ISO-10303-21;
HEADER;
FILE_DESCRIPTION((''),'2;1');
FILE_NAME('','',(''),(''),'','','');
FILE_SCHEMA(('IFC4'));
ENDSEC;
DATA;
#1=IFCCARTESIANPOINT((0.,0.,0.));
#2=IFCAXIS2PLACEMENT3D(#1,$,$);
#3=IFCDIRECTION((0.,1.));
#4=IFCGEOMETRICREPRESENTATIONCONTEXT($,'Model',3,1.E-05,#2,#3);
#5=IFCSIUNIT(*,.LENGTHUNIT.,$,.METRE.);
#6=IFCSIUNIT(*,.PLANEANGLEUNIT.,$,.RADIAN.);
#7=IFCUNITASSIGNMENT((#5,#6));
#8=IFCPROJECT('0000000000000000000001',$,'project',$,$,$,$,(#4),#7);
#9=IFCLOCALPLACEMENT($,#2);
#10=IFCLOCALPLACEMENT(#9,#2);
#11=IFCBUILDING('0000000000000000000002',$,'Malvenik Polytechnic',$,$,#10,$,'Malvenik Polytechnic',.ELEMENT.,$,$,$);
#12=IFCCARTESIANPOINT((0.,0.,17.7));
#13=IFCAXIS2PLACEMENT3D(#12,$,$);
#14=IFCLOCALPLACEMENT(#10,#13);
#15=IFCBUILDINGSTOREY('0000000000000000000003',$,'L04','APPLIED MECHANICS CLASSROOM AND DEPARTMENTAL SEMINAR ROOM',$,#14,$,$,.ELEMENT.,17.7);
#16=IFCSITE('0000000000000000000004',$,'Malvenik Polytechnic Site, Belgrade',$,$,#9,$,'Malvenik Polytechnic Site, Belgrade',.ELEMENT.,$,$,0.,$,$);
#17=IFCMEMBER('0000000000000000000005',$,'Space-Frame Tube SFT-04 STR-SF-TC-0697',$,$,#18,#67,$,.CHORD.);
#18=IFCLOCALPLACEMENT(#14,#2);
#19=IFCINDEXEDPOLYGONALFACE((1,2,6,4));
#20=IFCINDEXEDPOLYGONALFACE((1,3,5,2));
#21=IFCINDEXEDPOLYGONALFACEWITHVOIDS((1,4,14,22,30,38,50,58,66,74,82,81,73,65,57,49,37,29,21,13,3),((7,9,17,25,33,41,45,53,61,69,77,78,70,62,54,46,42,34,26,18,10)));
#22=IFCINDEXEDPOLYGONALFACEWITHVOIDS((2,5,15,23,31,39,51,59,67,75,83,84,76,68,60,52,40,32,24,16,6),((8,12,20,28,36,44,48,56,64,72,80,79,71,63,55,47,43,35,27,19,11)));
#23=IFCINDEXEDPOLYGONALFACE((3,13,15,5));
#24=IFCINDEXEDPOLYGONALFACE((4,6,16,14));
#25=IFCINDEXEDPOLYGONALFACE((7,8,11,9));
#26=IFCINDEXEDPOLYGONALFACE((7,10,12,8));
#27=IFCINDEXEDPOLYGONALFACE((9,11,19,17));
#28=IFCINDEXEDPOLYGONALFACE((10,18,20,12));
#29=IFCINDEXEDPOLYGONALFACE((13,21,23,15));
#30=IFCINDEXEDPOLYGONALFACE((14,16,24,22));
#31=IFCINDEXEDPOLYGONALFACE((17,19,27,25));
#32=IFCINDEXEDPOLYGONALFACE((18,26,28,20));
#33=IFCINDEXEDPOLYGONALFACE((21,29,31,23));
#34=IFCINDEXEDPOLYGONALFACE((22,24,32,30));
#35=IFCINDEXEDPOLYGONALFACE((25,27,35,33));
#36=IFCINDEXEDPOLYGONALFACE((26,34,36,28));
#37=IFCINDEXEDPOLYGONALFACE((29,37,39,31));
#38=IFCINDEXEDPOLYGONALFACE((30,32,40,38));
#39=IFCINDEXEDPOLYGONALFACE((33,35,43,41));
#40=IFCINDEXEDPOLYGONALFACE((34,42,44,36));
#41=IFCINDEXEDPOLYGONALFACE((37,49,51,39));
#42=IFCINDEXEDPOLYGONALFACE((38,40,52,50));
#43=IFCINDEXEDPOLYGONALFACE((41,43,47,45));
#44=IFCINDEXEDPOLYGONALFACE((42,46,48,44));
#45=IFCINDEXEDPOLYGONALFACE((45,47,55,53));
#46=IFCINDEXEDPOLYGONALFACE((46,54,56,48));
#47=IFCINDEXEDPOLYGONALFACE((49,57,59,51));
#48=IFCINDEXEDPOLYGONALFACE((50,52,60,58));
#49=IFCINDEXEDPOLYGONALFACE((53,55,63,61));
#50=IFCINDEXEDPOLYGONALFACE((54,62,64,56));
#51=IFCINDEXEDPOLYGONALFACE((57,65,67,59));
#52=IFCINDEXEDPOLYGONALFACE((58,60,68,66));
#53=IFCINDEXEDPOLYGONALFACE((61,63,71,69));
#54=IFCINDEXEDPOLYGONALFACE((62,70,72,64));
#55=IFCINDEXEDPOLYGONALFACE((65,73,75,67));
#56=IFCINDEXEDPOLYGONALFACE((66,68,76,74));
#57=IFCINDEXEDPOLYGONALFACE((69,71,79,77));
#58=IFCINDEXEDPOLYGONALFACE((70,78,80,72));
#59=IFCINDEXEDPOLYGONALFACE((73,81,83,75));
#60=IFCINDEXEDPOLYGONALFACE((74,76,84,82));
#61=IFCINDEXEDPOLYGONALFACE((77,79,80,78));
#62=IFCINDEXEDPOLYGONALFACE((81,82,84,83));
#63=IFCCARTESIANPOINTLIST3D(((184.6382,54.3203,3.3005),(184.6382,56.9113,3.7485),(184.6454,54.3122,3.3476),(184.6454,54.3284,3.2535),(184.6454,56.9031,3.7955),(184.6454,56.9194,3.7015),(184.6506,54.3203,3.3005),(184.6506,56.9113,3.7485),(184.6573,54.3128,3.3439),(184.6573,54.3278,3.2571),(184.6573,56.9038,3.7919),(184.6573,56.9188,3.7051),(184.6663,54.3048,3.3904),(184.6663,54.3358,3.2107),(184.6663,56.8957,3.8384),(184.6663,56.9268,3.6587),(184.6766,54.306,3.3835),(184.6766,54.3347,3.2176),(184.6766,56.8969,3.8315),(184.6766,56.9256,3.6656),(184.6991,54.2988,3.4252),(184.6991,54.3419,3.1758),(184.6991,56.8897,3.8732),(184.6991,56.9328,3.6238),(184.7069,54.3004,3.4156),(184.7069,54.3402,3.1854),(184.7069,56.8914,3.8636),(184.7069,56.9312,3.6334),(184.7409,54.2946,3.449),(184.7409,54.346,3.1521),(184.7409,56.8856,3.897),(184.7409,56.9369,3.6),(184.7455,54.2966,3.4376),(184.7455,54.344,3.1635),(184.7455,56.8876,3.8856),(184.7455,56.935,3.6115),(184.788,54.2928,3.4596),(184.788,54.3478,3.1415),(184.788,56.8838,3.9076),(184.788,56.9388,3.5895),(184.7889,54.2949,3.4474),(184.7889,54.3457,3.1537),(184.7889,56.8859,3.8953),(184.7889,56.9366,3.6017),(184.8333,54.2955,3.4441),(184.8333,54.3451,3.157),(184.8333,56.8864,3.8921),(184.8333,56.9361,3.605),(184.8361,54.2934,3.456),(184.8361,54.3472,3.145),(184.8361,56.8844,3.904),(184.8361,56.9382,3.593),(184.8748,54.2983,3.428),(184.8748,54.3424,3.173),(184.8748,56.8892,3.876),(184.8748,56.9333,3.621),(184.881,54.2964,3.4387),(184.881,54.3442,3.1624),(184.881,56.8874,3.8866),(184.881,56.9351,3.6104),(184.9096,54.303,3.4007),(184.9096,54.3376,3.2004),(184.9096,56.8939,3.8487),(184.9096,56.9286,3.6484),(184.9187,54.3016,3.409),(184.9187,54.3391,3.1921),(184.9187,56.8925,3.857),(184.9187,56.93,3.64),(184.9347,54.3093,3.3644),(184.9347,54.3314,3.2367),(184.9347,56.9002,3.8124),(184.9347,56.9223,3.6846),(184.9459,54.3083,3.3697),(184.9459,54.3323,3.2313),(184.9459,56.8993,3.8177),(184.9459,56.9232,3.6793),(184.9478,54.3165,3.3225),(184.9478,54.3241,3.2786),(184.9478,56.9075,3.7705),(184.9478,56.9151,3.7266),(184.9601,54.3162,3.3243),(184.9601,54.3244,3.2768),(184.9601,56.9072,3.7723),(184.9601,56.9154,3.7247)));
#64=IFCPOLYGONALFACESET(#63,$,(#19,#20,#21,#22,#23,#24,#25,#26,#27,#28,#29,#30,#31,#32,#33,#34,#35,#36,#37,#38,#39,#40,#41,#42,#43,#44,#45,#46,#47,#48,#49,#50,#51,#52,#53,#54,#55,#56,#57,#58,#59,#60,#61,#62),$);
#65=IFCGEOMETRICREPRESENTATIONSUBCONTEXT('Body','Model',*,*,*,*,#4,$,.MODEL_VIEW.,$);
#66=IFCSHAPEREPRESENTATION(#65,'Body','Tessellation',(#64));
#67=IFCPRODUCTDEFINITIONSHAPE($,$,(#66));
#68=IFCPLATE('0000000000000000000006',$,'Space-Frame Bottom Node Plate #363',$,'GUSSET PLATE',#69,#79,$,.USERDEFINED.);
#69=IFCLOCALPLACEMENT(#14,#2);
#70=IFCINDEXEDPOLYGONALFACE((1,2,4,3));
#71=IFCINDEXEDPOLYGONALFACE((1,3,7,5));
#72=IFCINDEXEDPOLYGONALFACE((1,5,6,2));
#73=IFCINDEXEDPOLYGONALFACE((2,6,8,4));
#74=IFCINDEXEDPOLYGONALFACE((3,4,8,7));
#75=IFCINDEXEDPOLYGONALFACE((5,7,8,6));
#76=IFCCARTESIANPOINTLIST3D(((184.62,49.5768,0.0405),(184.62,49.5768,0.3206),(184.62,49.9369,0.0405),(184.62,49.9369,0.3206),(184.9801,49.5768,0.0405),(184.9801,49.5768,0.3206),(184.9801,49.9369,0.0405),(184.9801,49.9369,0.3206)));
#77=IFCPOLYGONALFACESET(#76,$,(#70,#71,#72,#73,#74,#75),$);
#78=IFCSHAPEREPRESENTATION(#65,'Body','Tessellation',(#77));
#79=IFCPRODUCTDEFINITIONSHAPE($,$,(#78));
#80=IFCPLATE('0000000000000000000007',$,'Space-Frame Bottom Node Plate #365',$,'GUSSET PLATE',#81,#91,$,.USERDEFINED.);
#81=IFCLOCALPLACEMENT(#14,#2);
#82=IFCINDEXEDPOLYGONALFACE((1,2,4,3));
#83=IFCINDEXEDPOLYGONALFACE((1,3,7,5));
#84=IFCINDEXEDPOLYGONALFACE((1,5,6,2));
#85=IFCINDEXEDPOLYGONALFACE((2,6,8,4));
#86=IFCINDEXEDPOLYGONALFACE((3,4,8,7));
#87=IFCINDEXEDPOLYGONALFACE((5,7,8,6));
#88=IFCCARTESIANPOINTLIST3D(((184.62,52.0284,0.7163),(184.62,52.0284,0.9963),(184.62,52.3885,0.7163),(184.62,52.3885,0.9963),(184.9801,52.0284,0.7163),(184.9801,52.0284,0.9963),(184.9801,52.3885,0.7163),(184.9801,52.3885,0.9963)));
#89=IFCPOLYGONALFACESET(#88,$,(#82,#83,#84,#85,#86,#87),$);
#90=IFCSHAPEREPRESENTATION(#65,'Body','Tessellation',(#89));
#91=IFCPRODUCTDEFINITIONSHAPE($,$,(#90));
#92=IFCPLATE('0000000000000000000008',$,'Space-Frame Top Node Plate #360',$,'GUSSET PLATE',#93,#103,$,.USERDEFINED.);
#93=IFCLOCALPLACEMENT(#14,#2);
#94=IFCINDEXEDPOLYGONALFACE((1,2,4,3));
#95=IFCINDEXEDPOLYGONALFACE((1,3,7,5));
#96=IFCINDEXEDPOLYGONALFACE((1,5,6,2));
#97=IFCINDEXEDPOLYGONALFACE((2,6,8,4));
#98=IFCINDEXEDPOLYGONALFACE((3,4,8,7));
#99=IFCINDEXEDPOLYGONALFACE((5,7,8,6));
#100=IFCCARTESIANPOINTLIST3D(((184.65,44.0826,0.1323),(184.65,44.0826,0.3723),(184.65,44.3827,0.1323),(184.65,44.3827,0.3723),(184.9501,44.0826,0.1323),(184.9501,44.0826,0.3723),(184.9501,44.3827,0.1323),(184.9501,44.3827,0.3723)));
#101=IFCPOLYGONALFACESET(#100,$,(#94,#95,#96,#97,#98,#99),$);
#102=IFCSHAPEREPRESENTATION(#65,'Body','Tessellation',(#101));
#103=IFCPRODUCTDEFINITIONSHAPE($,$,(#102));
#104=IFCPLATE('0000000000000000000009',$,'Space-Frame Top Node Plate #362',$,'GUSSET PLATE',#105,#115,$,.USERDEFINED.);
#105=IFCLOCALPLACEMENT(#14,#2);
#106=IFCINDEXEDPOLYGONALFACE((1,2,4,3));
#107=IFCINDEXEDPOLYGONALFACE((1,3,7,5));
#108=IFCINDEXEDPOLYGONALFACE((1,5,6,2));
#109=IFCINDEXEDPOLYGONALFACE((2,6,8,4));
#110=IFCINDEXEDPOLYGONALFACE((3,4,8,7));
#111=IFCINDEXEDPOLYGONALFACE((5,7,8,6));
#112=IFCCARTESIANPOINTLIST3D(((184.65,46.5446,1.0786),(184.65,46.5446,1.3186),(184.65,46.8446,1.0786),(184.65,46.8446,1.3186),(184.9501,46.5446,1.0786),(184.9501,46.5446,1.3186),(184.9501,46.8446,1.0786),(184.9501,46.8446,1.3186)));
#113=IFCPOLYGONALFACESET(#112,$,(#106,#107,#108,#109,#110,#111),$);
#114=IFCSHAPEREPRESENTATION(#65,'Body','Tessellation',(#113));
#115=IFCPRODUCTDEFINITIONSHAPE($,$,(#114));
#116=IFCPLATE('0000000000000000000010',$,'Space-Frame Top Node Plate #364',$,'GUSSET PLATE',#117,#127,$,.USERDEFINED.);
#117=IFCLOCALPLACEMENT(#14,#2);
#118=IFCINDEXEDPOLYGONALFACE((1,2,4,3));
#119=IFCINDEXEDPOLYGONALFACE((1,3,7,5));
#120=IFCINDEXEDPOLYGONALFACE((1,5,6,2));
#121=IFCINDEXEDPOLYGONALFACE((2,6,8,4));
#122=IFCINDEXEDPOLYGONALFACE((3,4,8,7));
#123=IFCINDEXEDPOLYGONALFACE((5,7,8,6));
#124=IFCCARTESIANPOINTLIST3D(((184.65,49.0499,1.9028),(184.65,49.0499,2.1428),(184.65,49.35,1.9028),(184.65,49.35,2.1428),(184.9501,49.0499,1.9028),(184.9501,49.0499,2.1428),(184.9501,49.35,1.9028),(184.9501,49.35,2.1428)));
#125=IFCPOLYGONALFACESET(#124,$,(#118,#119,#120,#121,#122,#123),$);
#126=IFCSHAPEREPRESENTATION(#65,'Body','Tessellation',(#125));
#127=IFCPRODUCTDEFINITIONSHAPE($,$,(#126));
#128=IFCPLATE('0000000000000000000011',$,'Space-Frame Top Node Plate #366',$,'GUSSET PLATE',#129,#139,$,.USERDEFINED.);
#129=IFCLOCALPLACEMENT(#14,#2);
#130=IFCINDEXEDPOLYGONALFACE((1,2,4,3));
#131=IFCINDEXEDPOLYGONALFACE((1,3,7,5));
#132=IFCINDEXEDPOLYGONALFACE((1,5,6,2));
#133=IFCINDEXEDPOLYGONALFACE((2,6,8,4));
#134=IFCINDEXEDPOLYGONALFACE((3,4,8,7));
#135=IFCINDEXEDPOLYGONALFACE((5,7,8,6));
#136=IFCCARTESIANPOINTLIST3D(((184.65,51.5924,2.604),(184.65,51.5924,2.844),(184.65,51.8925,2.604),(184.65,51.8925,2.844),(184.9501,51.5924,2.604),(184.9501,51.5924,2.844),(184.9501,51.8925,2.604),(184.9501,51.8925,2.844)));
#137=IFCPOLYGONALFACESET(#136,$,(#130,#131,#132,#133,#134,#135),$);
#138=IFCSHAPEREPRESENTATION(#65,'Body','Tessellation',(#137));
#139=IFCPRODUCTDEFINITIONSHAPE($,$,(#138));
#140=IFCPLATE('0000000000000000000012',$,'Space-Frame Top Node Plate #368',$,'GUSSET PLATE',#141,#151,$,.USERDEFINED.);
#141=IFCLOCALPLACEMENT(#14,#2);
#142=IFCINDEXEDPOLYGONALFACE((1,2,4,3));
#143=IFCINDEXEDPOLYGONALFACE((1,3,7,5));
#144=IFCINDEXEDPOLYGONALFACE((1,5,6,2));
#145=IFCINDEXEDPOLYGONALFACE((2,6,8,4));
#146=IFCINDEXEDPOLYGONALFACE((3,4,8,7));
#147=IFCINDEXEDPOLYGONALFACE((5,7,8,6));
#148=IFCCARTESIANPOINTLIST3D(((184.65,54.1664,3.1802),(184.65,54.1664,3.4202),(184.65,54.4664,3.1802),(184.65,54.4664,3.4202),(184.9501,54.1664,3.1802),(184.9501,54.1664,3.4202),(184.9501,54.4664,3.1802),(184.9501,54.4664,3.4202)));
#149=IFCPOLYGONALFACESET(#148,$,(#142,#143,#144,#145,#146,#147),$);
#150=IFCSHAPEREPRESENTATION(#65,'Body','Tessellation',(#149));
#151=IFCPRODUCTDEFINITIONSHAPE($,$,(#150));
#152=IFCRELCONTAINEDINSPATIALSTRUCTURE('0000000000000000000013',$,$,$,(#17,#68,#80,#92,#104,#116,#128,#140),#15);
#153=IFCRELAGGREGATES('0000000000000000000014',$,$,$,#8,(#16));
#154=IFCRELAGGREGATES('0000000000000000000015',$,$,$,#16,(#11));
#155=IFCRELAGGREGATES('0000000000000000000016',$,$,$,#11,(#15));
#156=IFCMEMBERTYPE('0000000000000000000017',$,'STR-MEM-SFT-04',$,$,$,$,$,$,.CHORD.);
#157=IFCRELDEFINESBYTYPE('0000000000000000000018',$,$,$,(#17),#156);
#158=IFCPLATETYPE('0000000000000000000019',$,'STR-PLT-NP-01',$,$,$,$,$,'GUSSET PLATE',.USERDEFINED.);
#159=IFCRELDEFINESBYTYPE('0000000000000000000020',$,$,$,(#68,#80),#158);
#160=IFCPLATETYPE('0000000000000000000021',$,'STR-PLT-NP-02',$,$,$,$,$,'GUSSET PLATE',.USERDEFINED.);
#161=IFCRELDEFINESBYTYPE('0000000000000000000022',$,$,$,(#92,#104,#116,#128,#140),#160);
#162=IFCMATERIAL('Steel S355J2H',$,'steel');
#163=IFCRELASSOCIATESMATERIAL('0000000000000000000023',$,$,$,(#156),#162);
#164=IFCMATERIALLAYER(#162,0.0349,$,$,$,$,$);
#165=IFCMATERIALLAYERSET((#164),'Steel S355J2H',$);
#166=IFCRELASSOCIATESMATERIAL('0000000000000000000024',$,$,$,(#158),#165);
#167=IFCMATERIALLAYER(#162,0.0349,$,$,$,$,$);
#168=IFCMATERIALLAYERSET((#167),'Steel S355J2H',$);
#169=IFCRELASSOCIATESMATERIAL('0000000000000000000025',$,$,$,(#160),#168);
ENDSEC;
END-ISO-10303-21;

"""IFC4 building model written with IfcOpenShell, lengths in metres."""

from ifc_helpers import new_model, si_unit, direction, frame, origin, origin_2d, place, context, subcontext, project, spatial, rectangle, hollow_circle, extrude, material, layer, layer_set, material_profile, profile_set, type_object, element, save


model = new_model("IFC4")

# Units and contexts
model_context = context("Model", 3, precision=1e-05, world=origin(), true_north=direction((0.0, 1.0)))
body_context = subcontext(model_context, "Body", "Model", "MODEL_VIEW")
ifc_project = project(units=[si_unit("LENGTHUNIT", "METRE"), si_unit("PLANEANGLEUNIT", "RADIAN")], contexts=[model_context])

# Site, building, storey
site_placement = place(None, origin())
site = spatial("IfcSite", under=ifc_project, at=site_placement, Name="Malvenik Polytechnic Site, Belgrade", LongName="Malvenik Polytechnic Site, Belgrade", CompositionType="ELEMENT", RefElevation=0.0)
building_placement = place(site_placement, origin())
building = spatial("IfcBuilding", under=site, at=building_placement, Name="Malvenik Polytechnic", LongName="Malvenik Polytechnic", CompositionType="ELEMENT")
storey_placement = place(building_placement, frame((0.0, 0.0, 17.7)))
storey = spatial("IfcBuildingStorey", under=building, at=storey_placement, Name="L04", Description="APPLIED MECHANICS CLASSROOM AND DEPARTMENTAL SEMINAR ROOM", CompositionType="ELEMENT", Elevation=17.7)

# Member
ifc_material = material(Name="Steel S355J2H", Category="steel")
ifc_material_profile_1 = material_profile(ifc_material, hollow_circle(Radius=0.1619, WallThickness=0.0125, at=origin_2d()), Name="CHS 323.9x12.5")
ifc_profile_set_1 = profile_set([ifc_material_profile_1], Name="Steel S355J2H")
member_type_1 = type_object("IfcMemberType", Name="STR-MEM-SFT-04", PredefinedType="CHORD", material=ifc_profile_set_1)
member_1_placement = place(storey_placement, frame((184.8, 54.3203, 3.3005), z_axis=(0.0, 0.98538, 0.170373), x_axis=(-1.0, 0.0, 0.0)))
element("IfcMember", 1, at=member_1_placement, inside=storey, type_object=member_type_1, Name="Space-Frame Tube SFT-04 STR-SF-TC-0697", PredefinedType="CHORD", context=body_context, shape_type="SweptSolid", body=[
    extrude(hollow_circle(Radius=0.1619, WallThickness=0.0125, at=origin_2d()), origin(), (0.0, 0.0, 1.0), 2.6294),
])

# Plates
ifc_layer_1 = layer(ifc_material, 0.0349)
ifc_layer_set_1 = layer_set([ifc_layer_1], Name="Steel S355J2H")
plate_type_1 = type_object("IfcPlateType", Name="STR-PLT-NP-01", ElementType="GUSSET PLATE", PredefinedType="USERDEFINED", material=ifc_layer_set_1)
for number, where, z_axis, x_axis, name in (
    (2, (184.8, 49.7568, 0.0405), (0.0, 0.0, 1.0), (1.0, 0.0, 0.0), "Space-Frame Bottom Node Plate #363"),
    (3, (184.8, 52.2085, 0.7163), (0.0, 0.0, 1.0), (1.0, 0.0, 0.0), "Space-Frame Bottom Node Plate #365"),
):
    element("IfcPlate", number, at=place(storey_placement, frame(where, z_axis=z_axis, x_axis=x_axis)), inside=storey, type_object=plate_type_1, Name=name, ObjectType="GUSSET PLATE", PredefinedType="USERDEFINED", context=body_context, shape_type="SweptSolid", body=[
        extrude(rectangle(XDim=0.3601, YDim=0.3601, at=origin_2d()), origin(), (0.0, 0.0, 1.0), 0.28),
    ])
ifc_layer_2 = layer(ifc_material, 0.0349)
ifc_layer_set_2 = layer_set([ifc_layer_2], Name="Steel S355J2H")
plate_type_2 = type_object("IfcPlateType", Name="STR-PLT-NP-02", ElementType="GUSSET PLATE", PredefinedType="USERDEFINED", material=ifc_layer_set_2)
for number, where, z_axis, x_axis, name in (
    (4, (184.8, 44.2327, 0.1323), (0.0, 0.0, 1.0), (1.0, 0.0, 0.0), "Space-Frame Top Node Plate #360"),
    (5, (184.8, 46.6946, 1.0786), (0.0, 0.0, 1.0), (1.0, 0.0, 0.0), "Space-Frame Top Node Plate #362"),
    (6, (184.8, 49.2, 1.9028), (0.0, 0.0, 1.0), (1.0, 0.0, 0.0), "Space-Frame Top Node Plate #364"),
    (7, (184.8, 51.7424, 2.604), (0.0, 0.0, 1.0), (1.0, 0.0, 0.0), "Space-Frame Top Node Plate #366"),
    (8, (184.8, 54.3164, 3.1802), (0.0, 0.0, 1.0), (1.0, 0.0, 0.0), "Space-Frame Top Node Plate #368"),
):
    element("IfcPlate", number, at=place(storey_placement, frame(where, z_axis=z_axis, x_axis=x_axis)), inside=storey, type_object=plate_type_2, Name=name, ObjectType="GUSSET PLATE", PredefinedType="USERDEFINED", context=body_context, shape_type="SweptSolid", body=[
        extrude(rectangle(XDim=0.3, YDim=0.3, at=origin_2d()), origin(), (0.0, 0.0, 1.0), 0.24),
    ])

save(model, "model.ifc")
